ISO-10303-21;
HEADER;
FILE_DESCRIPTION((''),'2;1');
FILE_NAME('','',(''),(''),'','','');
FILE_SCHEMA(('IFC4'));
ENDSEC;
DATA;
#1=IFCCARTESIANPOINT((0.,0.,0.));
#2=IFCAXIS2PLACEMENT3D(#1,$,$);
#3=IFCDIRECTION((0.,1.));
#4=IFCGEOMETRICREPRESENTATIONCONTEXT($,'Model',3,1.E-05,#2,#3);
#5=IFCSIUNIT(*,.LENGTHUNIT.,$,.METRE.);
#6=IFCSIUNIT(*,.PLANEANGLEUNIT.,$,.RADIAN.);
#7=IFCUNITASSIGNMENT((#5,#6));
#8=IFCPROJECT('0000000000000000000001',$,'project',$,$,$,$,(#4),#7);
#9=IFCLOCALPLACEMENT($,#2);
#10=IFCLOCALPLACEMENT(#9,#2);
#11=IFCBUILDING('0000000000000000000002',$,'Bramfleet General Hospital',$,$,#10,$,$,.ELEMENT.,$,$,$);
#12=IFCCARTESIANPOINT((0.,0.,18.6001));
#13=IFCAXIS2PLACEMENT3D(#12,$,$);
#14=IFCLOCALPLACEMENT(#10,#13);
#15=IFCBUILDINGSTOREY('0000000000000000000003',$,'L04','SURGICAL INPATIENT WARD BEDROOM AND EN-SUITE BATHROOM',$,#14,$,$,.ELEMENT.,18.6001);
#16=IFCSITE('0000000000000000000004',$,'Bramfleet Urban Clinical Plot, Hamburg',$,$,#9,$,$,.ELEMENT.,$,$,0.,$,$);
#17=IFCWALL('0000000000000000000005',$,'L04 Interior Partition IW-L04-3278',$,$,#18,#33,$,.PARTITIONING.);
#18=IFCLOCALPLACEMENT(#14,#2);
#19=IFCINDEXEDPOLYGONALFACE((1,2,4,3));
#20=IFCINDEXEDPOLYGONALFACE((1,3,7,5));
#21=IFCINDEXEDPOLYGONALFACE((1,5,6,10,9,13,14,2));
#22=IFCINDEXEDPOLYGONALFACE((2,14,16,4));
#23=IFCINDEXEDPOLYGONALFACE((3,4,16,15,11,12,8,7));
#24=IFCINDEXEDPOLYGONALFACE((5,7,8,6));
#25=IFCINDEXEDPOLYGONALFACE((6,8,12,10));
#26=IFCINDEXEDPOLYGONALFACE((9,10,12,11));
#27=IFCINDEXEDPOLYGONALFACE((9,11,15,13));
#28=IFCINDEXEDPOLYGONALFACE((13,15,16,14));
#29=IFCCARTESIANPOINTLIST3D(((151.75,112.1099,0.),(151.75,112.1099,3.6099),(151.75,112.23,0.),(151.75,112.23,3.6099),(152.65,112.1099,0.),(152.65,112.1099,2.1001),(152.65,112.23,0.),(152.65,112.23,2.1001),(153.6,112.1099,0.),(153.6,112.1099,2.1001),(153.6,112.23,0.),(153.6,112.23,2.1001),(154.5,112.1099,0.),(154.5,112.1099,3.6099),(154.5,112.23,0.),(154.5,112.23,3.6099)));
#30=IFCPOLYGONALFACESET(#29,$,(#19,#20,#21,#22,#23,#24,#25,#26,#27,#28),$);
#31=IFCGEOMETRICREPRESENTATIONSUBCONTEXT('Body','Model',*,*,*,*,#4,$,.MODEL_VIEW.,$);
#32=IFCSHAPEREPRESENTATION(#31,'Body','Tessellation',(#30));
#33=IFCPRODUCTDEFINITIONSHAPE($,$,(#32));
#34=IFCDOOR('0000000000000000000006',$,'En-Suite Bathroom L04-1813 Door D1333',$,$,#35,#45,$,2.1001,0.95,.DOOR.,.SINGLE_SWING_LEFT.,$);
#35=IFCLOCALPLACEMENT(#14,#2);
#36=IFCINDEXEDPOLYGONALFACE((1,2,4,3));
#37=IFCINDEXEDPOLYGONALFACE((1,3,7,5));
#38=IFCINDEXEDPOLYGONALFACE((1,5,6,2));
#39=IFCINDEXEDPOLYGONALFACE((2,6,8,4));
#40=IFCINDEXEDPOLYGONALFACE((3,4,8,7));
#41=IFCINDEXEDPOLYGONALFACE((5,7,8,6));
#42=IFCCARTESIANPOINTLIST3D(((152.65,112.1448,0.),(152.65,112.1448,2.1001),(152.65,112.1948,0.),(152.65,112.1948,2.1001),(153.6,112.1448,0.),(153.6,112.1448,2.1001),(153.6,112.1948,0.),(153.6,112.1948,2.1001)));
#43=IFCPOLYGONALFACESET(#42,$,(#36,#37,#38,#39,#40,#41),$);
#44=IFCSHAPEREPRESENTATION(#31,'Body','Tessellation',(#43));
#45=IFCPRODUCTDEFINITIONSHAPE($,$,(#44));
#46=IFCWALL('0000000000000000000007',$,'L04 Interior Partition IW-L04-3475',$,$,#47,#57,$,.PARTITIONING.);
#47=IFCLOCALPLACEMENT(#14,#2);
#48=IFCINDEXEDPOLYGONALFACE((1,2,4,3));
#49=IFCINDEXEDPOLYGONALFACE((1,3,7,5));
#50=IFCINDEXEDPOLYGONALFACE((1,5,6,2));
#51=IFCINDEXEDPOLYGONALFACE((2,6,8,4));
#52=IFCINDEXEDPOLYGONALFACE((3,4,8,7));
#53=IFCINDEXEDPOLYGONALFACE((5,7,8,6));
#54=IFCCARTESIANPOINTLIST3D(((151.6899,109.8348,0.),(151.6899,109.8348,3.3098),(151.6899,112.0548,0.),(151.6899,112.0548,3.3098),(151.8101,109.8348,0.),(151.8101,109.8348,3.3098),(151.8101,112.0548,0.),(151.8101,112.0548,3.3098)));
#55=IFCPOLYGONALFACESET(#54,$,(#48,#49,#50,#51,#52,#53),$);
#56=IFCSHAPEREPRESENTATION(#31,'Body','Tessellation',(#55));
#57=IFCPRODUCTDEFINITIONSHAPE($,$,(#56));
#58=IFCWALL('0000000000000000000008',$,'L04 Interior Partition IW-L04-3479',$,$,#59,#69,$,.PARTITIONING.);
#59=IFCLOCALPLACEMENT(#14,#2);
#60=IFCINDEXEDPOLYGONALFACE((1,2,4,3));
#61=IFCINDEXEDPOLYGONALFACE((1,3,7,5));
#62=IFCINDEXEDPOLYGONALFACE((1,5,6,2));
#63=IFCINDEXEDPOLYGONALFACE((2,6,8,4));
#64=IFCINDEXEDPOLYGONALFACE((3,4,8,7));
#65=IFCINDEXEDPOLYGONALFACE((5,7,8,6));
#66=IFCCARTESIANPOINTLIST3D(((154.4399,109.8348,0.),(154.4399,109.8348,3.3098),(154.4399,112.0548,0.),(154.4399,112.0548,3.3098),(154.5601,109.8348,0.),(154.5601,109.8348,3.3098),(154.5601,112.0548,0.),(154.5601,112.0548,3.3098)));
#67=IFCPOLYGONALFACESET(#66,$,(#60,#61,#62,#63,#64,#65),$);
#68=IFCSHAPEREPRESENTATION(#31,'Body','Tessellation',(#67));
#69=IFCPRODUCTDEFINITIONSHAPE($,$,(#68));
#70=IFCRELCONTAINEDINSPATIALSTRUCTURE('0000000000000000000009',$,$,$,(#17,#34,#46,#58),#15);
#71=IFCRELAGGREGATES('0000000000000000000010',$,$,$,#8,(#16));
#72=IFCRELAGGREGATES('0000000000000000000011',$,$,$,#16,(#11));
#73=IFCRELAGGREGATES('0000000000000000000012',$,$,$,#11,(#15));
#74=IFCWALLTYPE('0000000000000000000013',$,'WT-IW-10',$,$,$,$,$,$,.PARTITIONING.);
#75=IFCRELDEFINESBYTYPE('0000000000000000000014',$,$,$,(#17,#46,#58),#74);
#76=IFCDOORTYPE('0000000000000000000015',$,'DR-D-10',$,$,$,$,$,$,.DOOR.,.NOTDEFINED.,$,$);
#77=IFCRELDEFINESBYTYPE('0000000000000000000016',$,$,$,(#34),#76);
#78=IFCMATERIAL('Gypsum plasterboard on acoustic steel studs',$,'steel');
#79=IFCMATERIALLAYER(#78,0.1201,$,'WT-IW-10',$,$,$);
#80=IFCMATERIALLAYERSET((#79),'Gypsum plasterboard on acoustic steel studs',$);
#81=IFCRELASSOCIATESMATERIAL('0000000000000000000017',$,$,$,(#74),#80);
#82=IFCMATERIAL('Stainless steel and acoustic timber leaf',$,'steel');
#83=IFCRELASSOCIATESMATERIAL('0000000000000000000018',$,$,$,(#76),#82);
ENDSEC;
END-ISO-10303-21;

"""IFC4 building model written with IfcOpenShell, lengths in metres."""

from ifc_helpers import new_model, si_unit, direction, frame, frame_2d, origin, place, context, subcontext, project, spatial, rectangle, extrude, material, layer, layer_set, type_object, element, fill, save


model = new_model("IFC4")

# Units and contexts
model_context = context("Model", 3, precision=1e-05, world=origin(), true_north=direction((0.0, 1.0)))
body_context = subcontext(model_context, "Body", "Model", "MODEL_VIEW")
ifc_project = project(units=[si_unit("LENGTHUNIT", "METRE"), si_unit("PLANEANGLEUNIT", "RADIAN")], contexts=[model_context])

# Site, building, storey
site_placement = place(None, origin())
site = spatial("IfcSite", under=ifc_project, at=site_placement, Name="Bramfleet Urban Clinical Plot, Hamburg", CompositionType="ELEMENT", RefElevation=0.0)
building_placement = place(site_placement, origin())
building = spatial("IfcBuilding", under=site, at=building_placement, Name="Bramfleet General Hospital", CompositionType="ELEMENT")
storey_placement = place(building_placement, frame((0.0, 0.0, 18.6001)))
storey = spatial("IfcBuildingStorey", under=building, at=storey_placement, Name="L04", Description="SURGICAL INPATIENT WARD BEDROOM AND EN-SUITE BATHROOM", CompositionType="ELEMENT", Elevation=18.6001)

# Shared definitions
ifc_material_1 = material(Name="Stainless steel and acoustic timber leaf", Category="steel")

# Shared definitions
ifc_material_2 = material(Name="Gypsum plasterboard on acoustic steel studs", Category="steel")
ifc_layer_1 = layer(ifc_material_2, 0.1201, Name="WT-IW-10")
ifc_layer_set_1 = layer_set([ifc_layer_1], Name="Gypsum plasterboard on acoustic steel studs")
wall_type_1 = type_object("IfcWallType", Name="WT-IW-10", PredefinedType="PARTITIONING", material=ifc_layer_set_1)

# Wall, opening, door
wall_1_placement = place(storey_placement, frame((151.75, 112.1699, 0.0), z_axis=(0.0, 0.0, 1.0), x_axis=(1.0, 0.0, 0.0)))
wall_1 = element("IfcWall", 1, at=wall_1_placement, inside=storey, type_object=wall_type_1, Name="L04 Interior Partition IW-L04-3278", PredefinedType="PARTITIONING", context=body_context, shape_type="SweptSolid", body=[
    extrude(rectangle(XDim=2.75, YDim=0.1201, at=frame_2d((1.375, 0.0))), origin(), (0.0, 0.0, 1.0), 3.6099),
])
opening_1_placement = place(wall_1_placement, frame((0.8999, 0.0, 0.0)))
opening_1 = element("IfcOpeningElement", 2, at=opening_1_placement, cuts=wall_1, PredefinedType="OPENING", context=body_context, shape_type="SweptSolid", body=[
    extrude(rectangle(XDim=0.95, YDim=2.1001, at=frame_2d((0.4751, 1.05))), frame((0.0, 0.0701, 0.0), z_axis=(0.0, -1.0, 0.0), x_axis=(1.0, 0.0, 0.0)), (0.0, 0.0, 1.0), 0.1401),
])
door_type_1 = type_object("IfcDoorType", Name="DR-D-10", OperationType="NOTDEFINED", PredefinedType="DOOR", material=ifc_material_1)
door_1_placement = place(opening_1_placement, origin())
door_1 = element("IfcDoor", 3, at=door_1_placement, inside=storey, type_object=door_type_1, Name="En-Suite Bathroom L04-1813 Door D1333", OperationType="SINGLE_SWING_LEFT", OverallHeight=2.1001, OverallWidth=0.95, PredefinedType="DOOR", context=body_context, shape_type="SweptSolid", body=[
    extrude(rectangle(XDim=0.95, YDim=2.1001, at=frame_2d((0.4751, 1.05))), frame((0.0, 0.0249, 0.0), z_axis=(0.0, -1.0, 0.0), x_axis=(1.0, 0.0, 0.0)), (0.0, 0.0, 1.0), 0.05),
])
fill(opening_1, door_1)

# Walls
for number, where, z_axis, x_axis, name in (
    (4, (151.75, 109.835, 0.0), (0.0, 0.0, 1.0), (0.0, 1.0, 0.0), "L04 Interior Partition IW-L04-3475"),
    (5, (154.5, 109.835, 0.0), (0.0, 0.0, 1.0), (0.0, 1.0, 0.0), "L04 Interior Partition IW-L04-3479"),
):
    element("IfcWall", number, at=place(storey_placement, frame(where, z_axis=z_axis, x_axis=x_axis)), inside=storey, type_object=wall_type_1, Name=name, PredefinedType="PARTITIONING", context=body_context, shape_type="SweptSolid", body=[
        extrude(rectangle(XDim=2.22, YDim=0.1201, at=frame_2d((1.1099, 0.0))), origin(), (0.0, 0.0, 1.0), 3.3098),
    ])

save(model, "model.ifc")
